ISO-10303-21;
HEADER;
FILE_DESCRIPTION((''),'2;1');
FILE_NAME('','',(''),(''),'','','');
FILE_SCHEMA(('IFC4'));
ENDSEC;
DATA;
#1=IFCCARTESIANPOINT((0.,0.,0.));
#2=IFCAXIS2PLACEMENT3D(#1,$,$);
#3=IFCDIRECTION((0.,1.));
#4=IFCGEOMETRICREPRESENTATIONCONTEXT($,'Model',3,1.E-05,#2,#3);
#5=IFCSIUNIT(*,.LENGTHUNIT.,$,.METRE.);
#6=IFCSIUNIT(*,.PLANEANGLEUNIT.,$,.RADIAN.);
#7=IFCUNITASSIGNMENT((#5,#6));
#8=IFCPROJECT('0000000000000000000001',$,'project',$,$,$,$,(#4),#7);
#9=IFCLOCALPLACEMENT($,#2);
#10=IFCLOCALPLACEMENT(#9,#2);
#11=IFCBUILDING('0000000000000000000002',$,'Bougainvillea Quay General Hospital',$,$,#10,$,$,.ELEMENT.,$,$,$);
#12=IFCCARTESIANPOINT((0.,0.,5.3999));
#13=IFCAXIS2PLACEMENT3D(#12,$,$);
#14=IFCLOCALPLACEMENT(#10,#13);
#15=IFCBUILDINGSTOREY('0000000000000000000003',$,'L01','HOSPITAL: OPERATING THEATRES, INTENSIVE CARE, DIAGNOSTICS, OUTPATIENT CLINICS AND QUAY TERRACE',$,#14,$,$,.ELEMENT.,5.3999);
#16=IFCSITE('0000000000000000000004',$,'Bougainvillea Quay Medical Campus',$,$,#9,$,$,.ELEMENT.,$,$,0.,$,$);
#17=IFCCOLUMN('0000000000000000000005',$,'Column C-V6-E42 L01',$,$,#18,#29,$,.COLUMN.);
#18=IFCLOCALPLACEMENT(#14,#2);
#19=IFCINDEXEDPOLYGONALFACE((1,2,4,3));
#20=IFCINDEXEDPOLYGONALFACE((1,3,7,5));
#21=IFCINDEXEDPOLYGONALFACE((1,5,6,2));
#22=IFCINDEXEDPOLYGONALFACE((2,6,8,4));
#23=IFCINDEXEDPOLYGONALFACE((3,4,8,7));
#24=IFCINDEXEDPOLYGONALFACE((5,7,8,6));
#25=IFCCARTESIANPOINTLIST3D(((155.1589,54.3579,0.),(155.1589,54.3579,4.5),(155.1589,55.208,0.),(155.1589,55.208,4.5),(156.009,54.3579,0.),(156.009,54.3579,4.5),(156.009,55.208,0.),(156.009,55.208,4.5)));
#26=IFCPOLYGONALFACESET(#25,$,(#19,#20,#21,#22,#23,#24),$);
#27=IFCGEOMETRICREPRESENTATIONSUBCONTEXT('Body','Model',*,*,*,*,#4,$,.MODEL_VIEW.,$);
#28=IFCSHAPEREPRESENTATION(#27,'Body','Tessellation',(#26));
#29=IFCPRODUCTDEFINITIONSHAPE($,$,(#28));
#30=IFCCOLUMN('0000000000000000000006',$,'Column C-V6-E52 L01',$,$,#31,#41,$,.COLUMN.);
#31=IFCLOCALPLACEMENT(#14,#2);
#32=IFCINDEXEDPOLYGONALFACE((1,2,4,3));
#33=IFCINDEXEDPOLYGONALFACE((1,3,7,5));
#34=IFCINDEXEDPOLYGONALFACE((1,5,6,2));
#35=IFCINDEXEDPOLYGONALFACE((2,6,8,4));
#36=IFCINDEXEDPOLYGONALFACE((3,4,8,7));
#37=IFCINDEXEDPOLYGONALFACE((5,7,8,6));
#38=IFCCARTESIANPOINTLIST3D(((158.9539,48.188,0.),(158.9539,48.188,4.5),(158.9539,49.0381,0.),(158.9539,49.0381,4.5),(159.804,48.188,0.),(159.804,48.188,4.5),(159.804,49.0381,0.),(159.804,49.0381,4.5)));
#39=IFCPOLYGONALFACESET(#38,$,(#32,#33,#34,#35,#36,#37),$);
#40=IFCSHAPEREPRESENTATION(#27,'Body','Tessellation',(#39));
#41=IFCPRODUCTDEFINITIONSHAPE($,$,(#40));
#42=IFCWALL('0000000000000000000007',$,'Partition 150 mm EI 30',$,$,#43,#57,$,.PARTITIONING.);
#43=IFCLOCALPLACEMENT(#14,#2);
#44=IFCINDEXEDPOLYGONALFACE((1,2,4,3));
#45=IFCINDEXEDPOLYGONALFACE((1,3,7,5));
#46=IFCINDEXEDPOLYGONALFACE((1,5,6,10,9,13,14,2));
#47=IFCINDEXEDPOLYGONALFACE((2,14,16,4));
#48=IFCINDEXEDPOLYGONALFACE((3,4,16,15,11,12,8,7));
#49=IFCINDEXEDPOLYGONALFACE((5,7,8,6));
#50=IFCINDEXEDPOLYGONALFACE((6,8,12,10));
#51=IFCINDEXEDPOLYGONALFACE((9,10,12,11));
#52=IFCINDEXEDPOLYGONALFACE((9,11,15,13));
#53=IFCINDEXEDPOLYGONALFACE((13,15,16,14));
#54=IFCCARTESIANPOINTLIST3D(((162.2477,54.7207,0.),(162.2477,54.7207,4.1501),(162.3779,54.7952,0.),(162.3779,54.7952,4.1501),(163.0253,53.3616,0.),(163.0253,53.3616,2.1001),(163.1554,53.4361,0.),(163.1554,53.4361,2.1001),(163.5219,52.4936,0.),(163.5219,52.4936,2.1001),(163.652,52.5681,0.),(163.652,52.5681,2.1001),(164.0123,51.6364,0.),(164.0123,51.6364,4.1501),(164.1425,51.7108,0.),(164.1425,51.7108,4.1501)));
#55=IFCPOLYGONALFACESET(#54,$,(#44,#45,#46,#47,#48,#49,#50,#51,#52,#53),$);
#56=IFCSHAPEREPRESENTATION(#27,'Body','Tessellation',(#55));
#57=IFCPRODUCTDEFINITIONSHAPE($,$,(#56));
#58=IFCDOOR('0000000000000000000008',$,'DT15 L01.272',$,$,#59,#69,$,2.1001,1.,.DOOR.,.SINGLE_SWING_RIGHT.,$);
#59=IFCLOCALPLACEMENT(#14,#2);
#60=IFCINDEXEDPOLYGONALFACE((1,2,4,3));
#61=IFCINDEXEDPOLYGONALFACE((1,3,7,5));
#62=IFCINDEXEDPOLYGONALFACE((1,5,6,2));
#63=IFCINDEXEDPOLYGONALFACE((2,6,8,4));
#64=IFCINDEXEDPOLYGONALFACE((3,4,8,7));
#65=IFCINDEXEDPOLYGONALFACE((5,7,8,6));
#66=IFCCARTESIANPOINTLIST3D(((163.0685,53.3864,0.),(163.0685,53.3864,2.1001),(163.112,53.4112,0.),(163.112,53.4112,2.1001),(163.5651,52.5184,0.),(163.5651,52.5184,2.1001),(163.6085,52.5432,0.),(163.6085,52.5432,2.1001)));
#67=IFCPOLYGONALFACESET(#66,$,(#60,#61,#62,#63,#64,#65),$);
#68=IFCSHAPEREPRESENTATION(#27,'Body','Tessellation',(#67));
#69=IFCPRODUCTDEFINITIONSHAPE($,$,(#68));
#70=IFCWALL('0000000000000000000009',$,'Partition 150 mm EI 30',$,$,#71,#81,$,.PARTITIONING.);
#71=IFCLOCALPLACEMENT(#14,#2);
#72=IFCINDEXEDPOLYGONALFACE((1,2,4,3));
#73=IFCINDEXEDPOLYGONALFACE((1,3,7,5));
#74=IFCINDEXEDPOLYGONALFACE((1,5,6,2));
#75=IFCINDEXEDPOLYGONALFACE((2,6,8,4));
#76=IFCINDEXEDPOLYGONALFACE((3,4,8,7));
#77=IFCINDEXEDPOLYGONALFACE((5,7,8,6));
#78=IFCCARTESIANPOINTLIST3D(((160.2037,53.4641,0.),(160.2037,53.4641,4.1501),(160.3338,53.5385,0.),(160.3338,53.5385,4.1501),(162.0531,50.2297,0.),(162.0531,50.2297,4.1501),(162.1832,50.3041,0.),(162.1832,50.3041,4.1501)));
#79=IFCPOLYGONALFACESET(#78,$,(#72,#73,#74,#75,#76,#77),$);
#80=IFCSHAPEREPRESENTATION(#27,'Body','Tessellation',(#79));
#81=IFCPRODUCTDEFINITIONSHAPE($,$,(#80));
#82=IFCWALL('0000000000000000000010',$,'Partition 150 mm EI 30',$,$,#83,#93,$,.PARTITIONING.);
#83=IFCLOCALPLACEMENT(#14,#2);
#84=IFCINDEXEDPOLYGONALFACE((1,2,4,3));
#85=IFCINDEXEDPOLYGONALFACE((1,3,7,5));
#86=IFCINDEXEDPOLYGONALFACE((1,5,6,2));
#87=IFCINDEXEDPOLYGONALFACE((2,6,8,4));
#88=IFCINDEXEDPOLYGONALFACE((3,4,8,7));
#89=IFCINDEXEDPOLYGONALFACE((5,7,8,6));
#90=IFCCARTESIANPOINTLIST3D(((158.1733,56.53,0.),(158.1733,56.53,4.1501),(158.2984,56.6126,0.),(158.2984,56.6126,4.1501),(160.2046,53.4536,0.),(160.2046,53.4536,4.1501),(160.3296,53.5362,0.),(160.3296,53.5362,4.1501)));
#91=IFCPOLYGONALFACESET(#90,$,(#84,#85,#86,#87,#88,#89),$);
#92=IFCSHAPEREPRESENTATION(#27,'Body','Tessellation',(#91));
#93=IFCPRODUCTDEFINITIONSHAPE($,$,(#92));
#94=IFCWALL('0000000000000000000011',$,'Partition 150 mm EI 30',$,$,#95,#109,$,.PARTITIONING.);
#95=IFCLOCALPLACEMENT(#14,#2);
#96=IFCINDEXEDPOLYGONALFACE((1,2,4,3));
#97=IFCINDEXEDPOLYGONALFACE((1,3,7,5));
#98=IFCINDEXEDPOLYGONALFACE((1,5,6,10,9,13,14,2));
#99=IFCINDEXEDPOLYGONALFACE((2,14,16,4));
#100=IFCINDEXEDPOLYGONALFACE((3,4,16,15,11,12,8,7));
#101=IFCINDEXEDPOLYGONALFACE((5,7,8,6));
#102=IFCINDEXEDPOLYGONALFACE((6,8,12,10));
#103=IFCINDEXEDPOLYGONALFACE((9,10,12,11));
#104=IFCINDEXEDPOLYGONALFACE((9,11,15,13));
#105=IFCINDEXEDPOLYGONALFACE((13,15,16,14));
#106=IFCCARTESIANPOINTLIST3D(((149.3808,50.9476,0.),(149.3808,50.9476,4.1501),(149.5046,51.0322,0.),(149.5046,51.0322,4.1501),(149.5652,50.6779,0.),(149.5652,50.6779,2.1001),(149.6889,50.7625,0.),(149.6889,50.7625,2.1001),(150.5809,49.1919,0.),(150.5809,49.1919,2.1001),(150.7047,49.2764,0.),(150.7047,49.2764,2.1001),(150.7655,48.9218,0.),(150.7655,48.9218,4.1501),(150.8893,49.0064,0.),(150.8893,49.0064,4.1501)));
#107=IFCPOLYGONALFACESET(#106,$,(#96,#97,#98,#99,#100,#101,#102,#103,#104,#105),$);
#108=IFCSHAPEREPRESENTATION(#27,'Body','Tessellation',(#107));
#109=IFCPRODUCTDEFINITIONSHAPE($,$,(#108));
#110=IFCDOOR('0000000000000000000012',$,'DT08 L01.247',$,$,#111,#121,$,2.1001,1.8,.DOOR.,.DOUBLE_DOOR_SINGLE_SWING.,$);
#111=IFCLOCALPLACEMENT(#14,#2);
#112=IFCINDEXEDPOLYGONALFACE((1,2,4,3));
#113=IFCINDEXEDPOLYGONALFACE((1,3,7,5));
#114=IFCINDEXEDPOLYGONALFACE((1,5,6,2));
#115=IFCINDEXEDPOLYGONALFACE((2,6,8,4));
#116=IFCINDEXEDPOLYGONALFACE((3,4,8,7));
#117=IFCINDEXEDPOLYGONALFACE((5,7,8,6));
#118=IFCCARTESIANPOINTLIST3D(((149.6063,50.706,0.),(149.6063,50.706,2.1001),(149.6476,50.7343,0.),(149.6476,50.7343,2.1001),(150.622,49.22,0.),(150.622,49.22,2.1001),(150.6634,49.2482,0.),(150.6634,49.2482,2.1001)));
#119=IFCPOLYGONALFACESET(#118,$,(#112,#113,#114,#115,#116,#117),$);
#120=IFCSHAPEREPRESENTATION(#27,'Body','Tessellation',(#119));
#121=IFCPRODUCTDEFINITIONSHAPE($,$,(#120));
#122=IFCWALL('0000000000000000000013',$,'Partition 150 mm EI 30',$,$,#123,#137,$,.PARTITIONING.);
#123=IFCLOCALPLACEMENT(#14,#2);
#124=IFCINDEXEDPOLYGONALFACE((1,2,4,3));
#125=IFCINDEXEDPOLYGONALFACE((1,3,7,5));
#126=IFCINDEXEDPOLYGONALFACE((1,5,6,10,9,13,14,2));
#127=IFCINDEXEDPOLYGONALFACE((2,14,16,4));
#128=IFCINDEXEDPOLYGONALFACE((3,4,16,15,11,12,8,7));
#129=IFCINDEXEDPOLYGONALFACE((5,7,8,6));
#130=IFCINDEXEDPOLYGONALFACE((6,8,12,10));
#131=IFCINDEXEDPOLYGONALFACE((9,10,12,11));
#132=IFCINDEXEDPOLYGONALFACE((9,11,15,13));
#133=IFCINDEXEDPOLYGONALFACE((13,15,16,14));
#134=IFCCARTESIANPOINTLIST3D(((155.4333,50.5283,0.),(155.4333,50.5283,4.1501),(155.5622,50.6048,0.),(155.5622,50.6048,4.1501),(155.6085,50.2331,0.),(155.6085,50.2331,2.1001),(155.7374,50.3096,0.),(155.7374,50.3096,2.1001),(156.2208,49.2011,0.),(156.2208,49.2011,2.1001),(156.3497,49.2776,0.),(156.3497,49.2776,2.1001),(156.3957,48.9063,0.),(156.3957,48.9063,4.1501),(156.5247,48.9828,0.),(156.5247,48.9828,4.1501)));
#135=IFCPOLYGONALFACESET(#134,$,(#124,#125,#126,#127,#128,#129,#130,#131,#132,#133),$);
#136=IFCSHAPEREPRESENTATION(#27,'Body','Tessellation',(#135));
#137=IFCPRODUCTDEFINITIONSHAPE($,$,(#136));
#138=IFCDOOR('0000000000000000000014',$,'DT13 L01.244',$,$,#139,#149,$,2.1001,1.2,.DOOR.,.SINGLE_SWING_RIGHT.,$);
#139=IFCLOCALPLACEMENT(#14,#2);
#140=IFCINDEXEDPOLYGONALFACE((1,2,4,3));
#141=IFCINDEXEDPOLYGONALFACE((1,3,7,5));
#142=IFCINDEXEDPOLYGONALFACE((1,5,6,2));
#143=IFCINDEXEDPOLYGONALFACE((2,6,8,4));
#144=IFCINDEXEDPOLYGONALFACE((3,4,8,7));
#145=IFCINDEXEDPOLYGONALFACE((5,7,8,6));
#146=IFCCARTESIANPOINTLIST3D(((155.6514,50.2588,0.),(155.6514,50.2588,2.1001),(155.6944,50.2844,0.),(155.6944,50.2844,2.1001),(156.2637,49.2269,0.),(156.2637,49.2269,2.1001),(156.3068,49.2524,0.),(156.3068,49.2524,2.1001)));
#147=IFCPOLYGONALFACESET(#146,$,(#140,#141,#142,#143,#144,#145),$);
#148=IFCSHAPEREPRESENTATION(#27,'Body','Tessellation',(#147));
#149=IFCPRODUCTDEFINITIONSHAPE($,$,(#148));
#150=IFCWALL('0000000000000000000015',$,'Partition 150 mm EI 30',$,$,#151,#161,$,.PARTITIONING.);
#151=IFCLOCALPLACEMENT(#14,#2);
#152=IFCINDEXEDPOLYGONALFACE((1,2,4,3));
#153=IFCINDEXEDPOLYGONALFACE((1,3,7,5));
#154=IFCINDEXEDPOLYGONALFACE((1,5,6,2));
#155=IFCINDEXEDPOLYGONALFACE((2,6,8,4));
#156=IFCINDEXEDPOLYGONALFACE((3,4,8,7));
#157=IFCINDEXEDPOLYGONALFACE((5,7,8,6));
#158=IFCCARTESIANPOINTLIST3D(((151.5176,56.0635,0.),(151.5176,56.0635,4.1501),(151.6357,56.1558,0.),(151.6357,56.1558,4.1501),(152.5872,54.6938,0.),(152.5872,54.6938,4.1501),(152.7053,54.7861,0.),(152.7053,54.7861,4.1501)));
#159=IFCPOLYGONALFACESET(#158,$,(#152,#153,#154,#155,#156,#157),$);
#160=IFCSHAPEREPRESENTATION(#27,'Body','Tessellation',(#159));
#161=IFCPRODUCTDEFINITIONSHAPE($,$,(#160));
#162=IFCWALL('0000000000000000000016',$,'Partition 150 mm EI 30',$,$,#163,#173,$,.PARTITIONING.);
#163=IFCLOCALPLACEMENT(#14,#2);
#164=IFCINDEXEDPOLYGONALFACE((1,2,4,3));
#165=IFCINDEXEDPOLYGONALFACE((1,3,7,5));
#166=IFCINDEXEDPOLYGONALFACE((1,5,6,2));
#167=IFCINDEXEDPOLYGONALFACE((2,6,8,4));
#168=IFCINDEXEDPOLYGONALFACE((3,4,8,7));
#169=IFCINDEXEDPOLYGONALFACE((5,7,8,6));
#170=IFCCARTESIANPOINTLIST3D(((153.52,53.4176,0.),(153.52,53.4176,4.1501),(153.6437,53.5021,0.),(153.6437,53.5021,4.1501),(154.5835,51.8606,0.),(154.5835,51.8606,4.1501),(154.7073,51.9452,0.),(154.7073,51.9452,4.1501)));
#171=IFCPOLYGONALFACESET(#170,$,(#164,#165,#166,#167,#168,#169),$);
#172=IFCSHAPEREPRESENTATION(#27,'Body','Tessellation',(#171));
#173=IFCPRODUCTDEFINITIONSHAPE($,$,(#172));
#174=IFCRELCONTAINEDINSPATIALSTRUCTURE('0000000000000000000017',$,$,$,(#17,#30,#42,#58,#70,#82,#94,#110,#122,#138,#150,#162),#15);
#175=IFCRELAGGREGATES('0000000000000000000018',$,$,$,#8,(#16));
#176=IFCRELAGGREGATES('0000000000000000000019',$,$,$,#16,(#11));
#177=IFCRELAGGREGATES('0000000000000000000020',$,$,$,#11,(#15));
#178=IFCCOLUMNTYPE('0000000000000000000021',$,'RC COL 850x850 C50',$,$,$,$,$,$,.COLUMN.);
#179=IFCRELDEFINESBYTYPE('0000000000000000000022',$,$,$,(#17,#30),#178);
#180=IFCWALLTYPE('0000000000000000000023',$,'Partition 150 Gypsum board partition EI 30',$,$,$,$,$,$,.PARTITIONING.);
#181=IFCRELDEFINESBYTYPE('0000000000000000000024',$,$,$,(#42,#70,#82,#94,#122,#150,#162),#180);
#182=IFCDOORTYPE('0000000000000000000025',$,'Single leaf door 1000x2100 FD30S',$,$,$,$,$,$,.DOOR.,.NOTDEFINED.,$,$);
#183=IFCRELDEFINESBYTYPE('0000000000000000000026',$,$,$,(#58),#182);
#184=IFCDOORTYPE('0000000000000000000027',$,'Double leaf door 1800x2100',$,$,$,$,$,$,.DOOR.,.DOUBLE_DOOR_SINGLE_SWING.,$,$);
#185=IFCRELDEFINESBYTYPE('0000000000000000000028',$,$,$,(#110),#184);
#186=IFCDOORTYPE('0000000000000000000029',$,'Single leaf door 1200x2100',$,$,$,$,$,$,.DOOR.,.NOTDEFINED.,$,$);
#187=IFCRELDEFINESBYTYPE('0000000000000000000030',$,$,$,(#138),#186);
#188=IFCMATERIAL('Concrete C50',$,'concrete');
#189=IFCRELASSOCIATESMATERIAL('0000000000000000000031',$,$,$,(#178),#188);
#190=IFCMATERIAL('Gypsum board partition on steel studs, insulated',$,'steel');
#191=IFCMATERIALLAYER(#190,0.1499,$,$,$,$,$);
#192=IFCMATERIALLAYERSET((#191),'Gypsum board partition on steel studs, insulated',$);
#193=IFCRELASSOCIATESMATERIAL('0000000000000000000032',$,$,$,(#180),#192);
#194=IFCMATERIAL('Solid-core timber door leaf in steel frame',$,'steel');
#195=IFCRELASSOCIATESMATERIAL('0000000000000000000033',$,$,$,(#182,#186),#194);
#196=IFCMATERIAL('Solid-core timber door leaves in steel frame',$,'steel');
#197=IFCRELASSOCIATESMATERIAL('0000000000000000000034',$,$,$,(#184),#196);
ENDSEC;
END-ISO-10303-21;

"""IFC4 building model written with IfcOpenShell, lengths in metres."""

from ifc_helpers import new_model, si_unit, direction, frame, frame_2d, origin, origin_2d, place, context, subcontext, project, spatial, rectangle, extrude, material, layer, layer_set, material_profile, profile_set, type_object, element, fill, save


model = new_model("IFC4")

# Units and contexts
model_context = context("Model", 3, precision=1e-05, world=origin(), true_north=direction((0.0, 1.0)))
body_context = subcontext(model_context, "Body", "Model", "MODEL_VIEW")
ifc_project = project(units=[si_unit("LENGTHUNIT", "METRE"), si_unit("PLANEANGLEUNIT", "RADIAN")], contexts=[model_context])

# Site, building, storey
site_placement = place(None, origin())
site = spatial("IfcSite", under=ifc_project, at=site_placement, Name="Bougainvillea Quay Medical Campus", CompositionType="ELEMENT", RefElevation=0.0)
building_placement = place(site_placement, origin())
building = spatial("IfcBuilding", under=site, at=building_placement, Name="Bougainvillea Quay General Hospital", CompositionType="ELEMENT")
storey_placement = place(building_placement, frame((0.0, 0.0, 5.3999)))
storey = spatial("IfcBuildingStorey", under=building, at=storey_placement, Name="L01", Description="HOSPITAL: OPERATING THEATRES, INTENSIVE CARE, DIAGNOSTICS, OUTPATIENT CLINICS AND QUAY TERRACE", CompositionType="ELEMENT", Elevation=5.3999)

# Columns
ifc_material_1 = material(Name="Concrete C50", Category="concrete")
ifc_material_profile = material_profile(ifc_material_1, rectangle(XDim=0.8501, YDim=0.8501, at=origin_2d()))
ifc_profile_set = profile_set([ifc_material_profile], Name="Concrete C50")
column_type = type_object("IfcColumnType", Name="RC COL 850x850 C50", PredefinedType="COLUMN", material=ifc_profile_set)
for number, where, z_axis, x_axis, name in (
    (1, (155.584, 54.783, 0.0), (0.0, 0.0, 1.0), (1.0, 0.0, 0.0), "Column C-V6-E42 L01"),
    (2, (159.3789, 48.613, 0.0), (0.0, 0.0, 1.0), (1.0, 0.0, 0.0), "Column C-V6-E52 L01"),
):
    element("IfcColumn", number, at=place(storey_placement, frame(where, z_axis=z_axis, x_axis=x_axis)), inside=storey, type_object=column_type, Name=name, PredefinedType="COLUMN", context=body_context, shape_type="SweptSolid", body=[
        extrude(rectangle(XDim=0.8501, YDim=0.8501, at=origin_2d()), origin(), (0.0, 0.0, 1.0), 4.5),
    ])

# Wall, opening, door
ifc_material_2 = material(Name="Gypsum board partition on steel studs, insulated", Category="steel")
ifc_layer_1 = layer(ifc_material_2, 0.1499)
ifc_layer_set_1 = layer_set([ifc_layer_1], Name="Gypsum board partition on steel studs, insulated")
wall_type_1 = type_object("IfcWallType", Name="Partition 150 Gypsum board partition EI 30", PredefinedType="PARTITIONING", material=ifc_layer_set_1)
wall_1_placement = place(storey_placement, frame((162.3127, 54.7581, 0.0), z_axis=(0.0, 0.0, 1.0), x_axis=(0.496583, -0.867989, 0.0)))
wall_1 = element("IfcWall", 3, at=wall_1_placement, inside=storey, type_object=wall_type_1, Name="Partition 150 mm EI 30", PredefinedType="PARTITIONING", context=body_context, shape_type="SweptSolid", body=[
    extrude(rectangle(XDim=3.5535, YDim=0.1499, at=frame_2d((1.7769, 0.0))), origin(), (0.0, 0.0, 1.0), 4.1501),
])
opening_1_placement = place(wall_1_placement, frame((1.5659, 0.0, 0.0)))
opening_1 = element("IfcOpeningElement", 4, at=opening_1_placement, cuts=wall_1, PredefinedType="OPENING", context=body_context, shape_type="SweptSolid", body=[
    extrude(rectangle(XDim=1.0, YDim=2.1001, at=frame_2d((0.5, 1.05))), frame((0.0, 0.085, 0.0), z_axis=(0.0, -1.0, 0.0), x_axis=(1.0, 0.0, 0.0)), (0.0, 0.0, 1.0), 0.1699),
])
ifc_material_3 = material(Name="Solid-core timber door leaf in steel frame", Category="steel")
door_type_1 = type_object("IfcDoorType", Name="Single leaf door 1000x2100 FD30S", OperationType="NOTDEFINED", PredefinedType="DOOR", material=ifc_material_3)
door_1_placement = place(opening_1_placement, origin())
door_1 = element("IfcDoor", 5, at=door_1_placement, inside=storey, type_object=door_type_1, Name="DT15 L01.272", OperationType="SINGLE_SWING_RIGHT", OverallHeight=2.1001, OverallWidth=1.0, PredefinedType="DOOR", context=body_context, shape_type="SweptSolid", body=[
    extrude(rectangle(XDim=1.0, YDim=2.1001, at=frame_2d((0.5, 1.05))), frame((0.0, 0.0249, 0.0), z_axis=(0.0, -1.0, 0.0), x_axis=(1.0, 0.0, 0.0)), (0.0, 0.0, 1.0), 0.05),
])
fill(opening_1, door_1)

# Walls
wall_2_placement = place(storey_placement, frame((160.2688, 53.5012, 0.0), z_axis=(0.0, 0.0, 1.0), x_axis=(0.496372, -0.86811, 0.0)))
element("IfcWall", 6, at=wall_2_placement, inside=storey, type_object=wall_type_1, Name="Partition 150 mm EI 30", PredefinedType="PARTITIONING", context=body_context, shape_type="SweptSolid", body=[
    extrude(rectangle(XDim=3.7258, YDim=0.1499, at=frame_2d((1.8628, 0.0))), origin(), (0.0, 0.0, 1.0), 4.1501),
])
wall_3_placement = place(storey_placement, frame((158.2358, 56.5713, 0.0), z_axis=(0.0, 0.0, 1.0), x_axis=(0.550996, -0.834508, 0.0)))
element("IfcWall", 7, at=wall_3_placement, inside=storey, type_object=wall_type_1, Name="Partition 150 mm EI 30", PredefinedType="PARTITIONING", context=body_context, shape_type="SweptSolid", body=[
    extrude(rectangle(XDim=3.6865, YDim=0.1499, at=frame_2d((1.8433, 0.0))), origin(), (0.0, 0.0, 1.0), 4.1501),
])

# Walls, openings, doors
wall_4_placement = place(storey_placement, frame((149.4426, 50.99, 0.0), z_axis=(0.0, 0.0, 1.0), x_axis=(0.564306, -0.825566, 0.0)))
wall_4 = element("IfcWall", 8, at=wall_4_placement, inside=storey, type_object=wall_type_1, Name="Partition 150 mm EI 30", PredefinedType="PARTITIONING", context=body_context, shape_type="SweptSolid", body=[
    extrude(rectangle(XDim=2.4539, YDim=0.1499, at=frame_2d((1.2271, 0.0))), origin(), (0.0, 0.0, 1.0), 4.1501),
])
opening_2_placement = place(wall_4_placement, frame((0.3269, 0.0, 0.0)))
opening_2 = element("IfcOpeningElement", 9, at=opening_2_placement, cuts=wall_4, PredefinedType="OPENING", context=body_context, shape_type="SweptSolid", body=[
    extrude(rectangle(XDim=1.8, YDim=2.1001, at=frame_2d((0.8999, 1.05))), frame((0.0, 0.085, 0.0), z_axis=(0.0, -1.0, 0.0), x_axis=(1.0, 0.0, 0.0)), (0.0, 0.0, 1.0), 0.1699),
])
ifc_material_4 = material(Name="Solid-core timber door leaves in steel frame", Category="steel")
door_type_2 = type_object("IfcDoorType", Name="Double leaf door 1800x2100", OperationType="DOUBLE_DOOR_SINGLE_SWING", PredefinedType="DOOR", material=ifc_material_4)
door_2_placement = place(opening_2_placement, origin())
door_2 = element("IfcDoor", 10, at=door_2_placement, inside=storey, type_object=door_type_2, Name="DT08 L01.247", OperationType="DOUBLE_DOOR_SINGLE_SWING", OverallHeight=2.1001, OverallWidth=1.8, PredefinedType="DOOR", context=body_context, shape_type="SweptSolid", body=[
    extrude(rectangle(XDim=1.8, YDim=2.1001, at=frame_2d((0.8999, 1.05))), frame((0.0, 0.0249, 0.0), z_axis=(0.0, -1.0, 0.0), x_axis=(1.0, 0.0, 0.0)), (0.0, 0.0, 1.0), 0.05),
])
fill(opening_2, door_2)
wall_5_placement = place(storey_placement, frame((155.4978, 50.5664, 0.0), z_axis=(0.0, 0.0, 1.0), x_axis=(0.51032, -0.859984, 0.0)))
wall_5 = element("IfcWall", 11, at=wall_5_placement, inside=storey, type_object=wall_type_1, Name="Partition 150 mm EI 30", PredefinedType="PARTITIONING", context=body_context, shape_type="SweptSolid", body=[
    extrude(rectangle(XDim=1.886, YDim=0.1499, at=frame_2d((0.9429, 0.0))), origin(), (0.0, 0.0, 1.0), 4.1501),
])
opening_3_placement = place(wall_5_placement, frame((0.343, 0.0, 0.0)))
opening_3 = element("IfcOpeningElement", 12, at=opening_3_placement, cuts=wall_5, PredefinedType="OPENING", context=body_context, shape_type="SweptSolid", body=[
    extrude(rectangle(XDim=1.2, YDim=2.1001, at=frame_2d((0.6001, 1.05))), frame((0.0, 0.085, 0.0), z_axis=(0.0, -1.0, 0.0), x_axis=(1.0, 0.0, 0.0)), (0.0, 0.0, 1.0), 0.1699),
])
door_type_3 = type_object("IfcDoorType", Name="Single leaf door 1200x2100", OperationType="NOTDEFINED", PredefinedType="DOOR", material=ifc_material_3)
door_3_placement = place(opening_3_placement, frame((1.2, 0.0, 0.0), z_axis=(0.0, 0.0, 1.0), x_axis=(-1.0, 0.0, 0.0)))
door_3 = element("IfcDoor", 13, at=door_3_placement, inside=storey, type_object=door_type_3, Name="DT13 L01.244", OperationType="SINGLE_SWING_RIGHT", OverallHeight=2.1001, OverallWidth=1.2, PredefinedType="DOOR", context=body_context, shape_type="SweptSolid", body=[
    extrude(rectangle(XDim=1.2, YDim=2.1001, at=frame_2d((0.6001, 1.05))), frame((0.0, 0.0249, 0.0), z_axis=(0.0, -1.0, 0.0), x_axis=(1.0, 0.0, 0.0)), (0.0, 0.0, 1.0), 0.05),
])
fill(opening_3, door_3)

# Walls
wall_6_placement = place(storey_placement, frame((151.5767, 56.1096, 0.0), z_axis=(0.0, 0.0, 1.0), x_axis=(0.615486, -0.788148, 0.0)))
element("IfcWall", 14, at=wall_6_placement, inside=storey, type_object=wall_type_1, Name="Partition 150 mm EI 30", PredefinedType="PARTITIONING", context=body_context, shape_type="SweptSolid", body=[
    extrude(rectangle(XDim=1.7378, YDim=0.1499, at=frame_2d((0.8689, 0.0))), origin(), (0.0, 0.0, 1.0), 4.1501),
])
wall_7_placement = place(storey_placement, frame((153.5818, 53.46, 0.0), z_axis=(0.0, 0.0, 1.0), x_axis=(0.564048, -0.825742, 0.0)))
element("IfcWall", 15, at=wall_7_placement, inside=storey, type_object=wall_type_1, Name="Partition 150 mm EI 30", PredefinedType="PARTITIONING", context=body_context, shape_type="SweptSolid", body=[
    extrude(rectangle(XDim=1.8855, YDim=0.1499, at=frame_2d((0.9429, 0.0))), origin(), (0.0, 0.0, 1.0), 4.1501),
])

save(model, "model.ifc")
